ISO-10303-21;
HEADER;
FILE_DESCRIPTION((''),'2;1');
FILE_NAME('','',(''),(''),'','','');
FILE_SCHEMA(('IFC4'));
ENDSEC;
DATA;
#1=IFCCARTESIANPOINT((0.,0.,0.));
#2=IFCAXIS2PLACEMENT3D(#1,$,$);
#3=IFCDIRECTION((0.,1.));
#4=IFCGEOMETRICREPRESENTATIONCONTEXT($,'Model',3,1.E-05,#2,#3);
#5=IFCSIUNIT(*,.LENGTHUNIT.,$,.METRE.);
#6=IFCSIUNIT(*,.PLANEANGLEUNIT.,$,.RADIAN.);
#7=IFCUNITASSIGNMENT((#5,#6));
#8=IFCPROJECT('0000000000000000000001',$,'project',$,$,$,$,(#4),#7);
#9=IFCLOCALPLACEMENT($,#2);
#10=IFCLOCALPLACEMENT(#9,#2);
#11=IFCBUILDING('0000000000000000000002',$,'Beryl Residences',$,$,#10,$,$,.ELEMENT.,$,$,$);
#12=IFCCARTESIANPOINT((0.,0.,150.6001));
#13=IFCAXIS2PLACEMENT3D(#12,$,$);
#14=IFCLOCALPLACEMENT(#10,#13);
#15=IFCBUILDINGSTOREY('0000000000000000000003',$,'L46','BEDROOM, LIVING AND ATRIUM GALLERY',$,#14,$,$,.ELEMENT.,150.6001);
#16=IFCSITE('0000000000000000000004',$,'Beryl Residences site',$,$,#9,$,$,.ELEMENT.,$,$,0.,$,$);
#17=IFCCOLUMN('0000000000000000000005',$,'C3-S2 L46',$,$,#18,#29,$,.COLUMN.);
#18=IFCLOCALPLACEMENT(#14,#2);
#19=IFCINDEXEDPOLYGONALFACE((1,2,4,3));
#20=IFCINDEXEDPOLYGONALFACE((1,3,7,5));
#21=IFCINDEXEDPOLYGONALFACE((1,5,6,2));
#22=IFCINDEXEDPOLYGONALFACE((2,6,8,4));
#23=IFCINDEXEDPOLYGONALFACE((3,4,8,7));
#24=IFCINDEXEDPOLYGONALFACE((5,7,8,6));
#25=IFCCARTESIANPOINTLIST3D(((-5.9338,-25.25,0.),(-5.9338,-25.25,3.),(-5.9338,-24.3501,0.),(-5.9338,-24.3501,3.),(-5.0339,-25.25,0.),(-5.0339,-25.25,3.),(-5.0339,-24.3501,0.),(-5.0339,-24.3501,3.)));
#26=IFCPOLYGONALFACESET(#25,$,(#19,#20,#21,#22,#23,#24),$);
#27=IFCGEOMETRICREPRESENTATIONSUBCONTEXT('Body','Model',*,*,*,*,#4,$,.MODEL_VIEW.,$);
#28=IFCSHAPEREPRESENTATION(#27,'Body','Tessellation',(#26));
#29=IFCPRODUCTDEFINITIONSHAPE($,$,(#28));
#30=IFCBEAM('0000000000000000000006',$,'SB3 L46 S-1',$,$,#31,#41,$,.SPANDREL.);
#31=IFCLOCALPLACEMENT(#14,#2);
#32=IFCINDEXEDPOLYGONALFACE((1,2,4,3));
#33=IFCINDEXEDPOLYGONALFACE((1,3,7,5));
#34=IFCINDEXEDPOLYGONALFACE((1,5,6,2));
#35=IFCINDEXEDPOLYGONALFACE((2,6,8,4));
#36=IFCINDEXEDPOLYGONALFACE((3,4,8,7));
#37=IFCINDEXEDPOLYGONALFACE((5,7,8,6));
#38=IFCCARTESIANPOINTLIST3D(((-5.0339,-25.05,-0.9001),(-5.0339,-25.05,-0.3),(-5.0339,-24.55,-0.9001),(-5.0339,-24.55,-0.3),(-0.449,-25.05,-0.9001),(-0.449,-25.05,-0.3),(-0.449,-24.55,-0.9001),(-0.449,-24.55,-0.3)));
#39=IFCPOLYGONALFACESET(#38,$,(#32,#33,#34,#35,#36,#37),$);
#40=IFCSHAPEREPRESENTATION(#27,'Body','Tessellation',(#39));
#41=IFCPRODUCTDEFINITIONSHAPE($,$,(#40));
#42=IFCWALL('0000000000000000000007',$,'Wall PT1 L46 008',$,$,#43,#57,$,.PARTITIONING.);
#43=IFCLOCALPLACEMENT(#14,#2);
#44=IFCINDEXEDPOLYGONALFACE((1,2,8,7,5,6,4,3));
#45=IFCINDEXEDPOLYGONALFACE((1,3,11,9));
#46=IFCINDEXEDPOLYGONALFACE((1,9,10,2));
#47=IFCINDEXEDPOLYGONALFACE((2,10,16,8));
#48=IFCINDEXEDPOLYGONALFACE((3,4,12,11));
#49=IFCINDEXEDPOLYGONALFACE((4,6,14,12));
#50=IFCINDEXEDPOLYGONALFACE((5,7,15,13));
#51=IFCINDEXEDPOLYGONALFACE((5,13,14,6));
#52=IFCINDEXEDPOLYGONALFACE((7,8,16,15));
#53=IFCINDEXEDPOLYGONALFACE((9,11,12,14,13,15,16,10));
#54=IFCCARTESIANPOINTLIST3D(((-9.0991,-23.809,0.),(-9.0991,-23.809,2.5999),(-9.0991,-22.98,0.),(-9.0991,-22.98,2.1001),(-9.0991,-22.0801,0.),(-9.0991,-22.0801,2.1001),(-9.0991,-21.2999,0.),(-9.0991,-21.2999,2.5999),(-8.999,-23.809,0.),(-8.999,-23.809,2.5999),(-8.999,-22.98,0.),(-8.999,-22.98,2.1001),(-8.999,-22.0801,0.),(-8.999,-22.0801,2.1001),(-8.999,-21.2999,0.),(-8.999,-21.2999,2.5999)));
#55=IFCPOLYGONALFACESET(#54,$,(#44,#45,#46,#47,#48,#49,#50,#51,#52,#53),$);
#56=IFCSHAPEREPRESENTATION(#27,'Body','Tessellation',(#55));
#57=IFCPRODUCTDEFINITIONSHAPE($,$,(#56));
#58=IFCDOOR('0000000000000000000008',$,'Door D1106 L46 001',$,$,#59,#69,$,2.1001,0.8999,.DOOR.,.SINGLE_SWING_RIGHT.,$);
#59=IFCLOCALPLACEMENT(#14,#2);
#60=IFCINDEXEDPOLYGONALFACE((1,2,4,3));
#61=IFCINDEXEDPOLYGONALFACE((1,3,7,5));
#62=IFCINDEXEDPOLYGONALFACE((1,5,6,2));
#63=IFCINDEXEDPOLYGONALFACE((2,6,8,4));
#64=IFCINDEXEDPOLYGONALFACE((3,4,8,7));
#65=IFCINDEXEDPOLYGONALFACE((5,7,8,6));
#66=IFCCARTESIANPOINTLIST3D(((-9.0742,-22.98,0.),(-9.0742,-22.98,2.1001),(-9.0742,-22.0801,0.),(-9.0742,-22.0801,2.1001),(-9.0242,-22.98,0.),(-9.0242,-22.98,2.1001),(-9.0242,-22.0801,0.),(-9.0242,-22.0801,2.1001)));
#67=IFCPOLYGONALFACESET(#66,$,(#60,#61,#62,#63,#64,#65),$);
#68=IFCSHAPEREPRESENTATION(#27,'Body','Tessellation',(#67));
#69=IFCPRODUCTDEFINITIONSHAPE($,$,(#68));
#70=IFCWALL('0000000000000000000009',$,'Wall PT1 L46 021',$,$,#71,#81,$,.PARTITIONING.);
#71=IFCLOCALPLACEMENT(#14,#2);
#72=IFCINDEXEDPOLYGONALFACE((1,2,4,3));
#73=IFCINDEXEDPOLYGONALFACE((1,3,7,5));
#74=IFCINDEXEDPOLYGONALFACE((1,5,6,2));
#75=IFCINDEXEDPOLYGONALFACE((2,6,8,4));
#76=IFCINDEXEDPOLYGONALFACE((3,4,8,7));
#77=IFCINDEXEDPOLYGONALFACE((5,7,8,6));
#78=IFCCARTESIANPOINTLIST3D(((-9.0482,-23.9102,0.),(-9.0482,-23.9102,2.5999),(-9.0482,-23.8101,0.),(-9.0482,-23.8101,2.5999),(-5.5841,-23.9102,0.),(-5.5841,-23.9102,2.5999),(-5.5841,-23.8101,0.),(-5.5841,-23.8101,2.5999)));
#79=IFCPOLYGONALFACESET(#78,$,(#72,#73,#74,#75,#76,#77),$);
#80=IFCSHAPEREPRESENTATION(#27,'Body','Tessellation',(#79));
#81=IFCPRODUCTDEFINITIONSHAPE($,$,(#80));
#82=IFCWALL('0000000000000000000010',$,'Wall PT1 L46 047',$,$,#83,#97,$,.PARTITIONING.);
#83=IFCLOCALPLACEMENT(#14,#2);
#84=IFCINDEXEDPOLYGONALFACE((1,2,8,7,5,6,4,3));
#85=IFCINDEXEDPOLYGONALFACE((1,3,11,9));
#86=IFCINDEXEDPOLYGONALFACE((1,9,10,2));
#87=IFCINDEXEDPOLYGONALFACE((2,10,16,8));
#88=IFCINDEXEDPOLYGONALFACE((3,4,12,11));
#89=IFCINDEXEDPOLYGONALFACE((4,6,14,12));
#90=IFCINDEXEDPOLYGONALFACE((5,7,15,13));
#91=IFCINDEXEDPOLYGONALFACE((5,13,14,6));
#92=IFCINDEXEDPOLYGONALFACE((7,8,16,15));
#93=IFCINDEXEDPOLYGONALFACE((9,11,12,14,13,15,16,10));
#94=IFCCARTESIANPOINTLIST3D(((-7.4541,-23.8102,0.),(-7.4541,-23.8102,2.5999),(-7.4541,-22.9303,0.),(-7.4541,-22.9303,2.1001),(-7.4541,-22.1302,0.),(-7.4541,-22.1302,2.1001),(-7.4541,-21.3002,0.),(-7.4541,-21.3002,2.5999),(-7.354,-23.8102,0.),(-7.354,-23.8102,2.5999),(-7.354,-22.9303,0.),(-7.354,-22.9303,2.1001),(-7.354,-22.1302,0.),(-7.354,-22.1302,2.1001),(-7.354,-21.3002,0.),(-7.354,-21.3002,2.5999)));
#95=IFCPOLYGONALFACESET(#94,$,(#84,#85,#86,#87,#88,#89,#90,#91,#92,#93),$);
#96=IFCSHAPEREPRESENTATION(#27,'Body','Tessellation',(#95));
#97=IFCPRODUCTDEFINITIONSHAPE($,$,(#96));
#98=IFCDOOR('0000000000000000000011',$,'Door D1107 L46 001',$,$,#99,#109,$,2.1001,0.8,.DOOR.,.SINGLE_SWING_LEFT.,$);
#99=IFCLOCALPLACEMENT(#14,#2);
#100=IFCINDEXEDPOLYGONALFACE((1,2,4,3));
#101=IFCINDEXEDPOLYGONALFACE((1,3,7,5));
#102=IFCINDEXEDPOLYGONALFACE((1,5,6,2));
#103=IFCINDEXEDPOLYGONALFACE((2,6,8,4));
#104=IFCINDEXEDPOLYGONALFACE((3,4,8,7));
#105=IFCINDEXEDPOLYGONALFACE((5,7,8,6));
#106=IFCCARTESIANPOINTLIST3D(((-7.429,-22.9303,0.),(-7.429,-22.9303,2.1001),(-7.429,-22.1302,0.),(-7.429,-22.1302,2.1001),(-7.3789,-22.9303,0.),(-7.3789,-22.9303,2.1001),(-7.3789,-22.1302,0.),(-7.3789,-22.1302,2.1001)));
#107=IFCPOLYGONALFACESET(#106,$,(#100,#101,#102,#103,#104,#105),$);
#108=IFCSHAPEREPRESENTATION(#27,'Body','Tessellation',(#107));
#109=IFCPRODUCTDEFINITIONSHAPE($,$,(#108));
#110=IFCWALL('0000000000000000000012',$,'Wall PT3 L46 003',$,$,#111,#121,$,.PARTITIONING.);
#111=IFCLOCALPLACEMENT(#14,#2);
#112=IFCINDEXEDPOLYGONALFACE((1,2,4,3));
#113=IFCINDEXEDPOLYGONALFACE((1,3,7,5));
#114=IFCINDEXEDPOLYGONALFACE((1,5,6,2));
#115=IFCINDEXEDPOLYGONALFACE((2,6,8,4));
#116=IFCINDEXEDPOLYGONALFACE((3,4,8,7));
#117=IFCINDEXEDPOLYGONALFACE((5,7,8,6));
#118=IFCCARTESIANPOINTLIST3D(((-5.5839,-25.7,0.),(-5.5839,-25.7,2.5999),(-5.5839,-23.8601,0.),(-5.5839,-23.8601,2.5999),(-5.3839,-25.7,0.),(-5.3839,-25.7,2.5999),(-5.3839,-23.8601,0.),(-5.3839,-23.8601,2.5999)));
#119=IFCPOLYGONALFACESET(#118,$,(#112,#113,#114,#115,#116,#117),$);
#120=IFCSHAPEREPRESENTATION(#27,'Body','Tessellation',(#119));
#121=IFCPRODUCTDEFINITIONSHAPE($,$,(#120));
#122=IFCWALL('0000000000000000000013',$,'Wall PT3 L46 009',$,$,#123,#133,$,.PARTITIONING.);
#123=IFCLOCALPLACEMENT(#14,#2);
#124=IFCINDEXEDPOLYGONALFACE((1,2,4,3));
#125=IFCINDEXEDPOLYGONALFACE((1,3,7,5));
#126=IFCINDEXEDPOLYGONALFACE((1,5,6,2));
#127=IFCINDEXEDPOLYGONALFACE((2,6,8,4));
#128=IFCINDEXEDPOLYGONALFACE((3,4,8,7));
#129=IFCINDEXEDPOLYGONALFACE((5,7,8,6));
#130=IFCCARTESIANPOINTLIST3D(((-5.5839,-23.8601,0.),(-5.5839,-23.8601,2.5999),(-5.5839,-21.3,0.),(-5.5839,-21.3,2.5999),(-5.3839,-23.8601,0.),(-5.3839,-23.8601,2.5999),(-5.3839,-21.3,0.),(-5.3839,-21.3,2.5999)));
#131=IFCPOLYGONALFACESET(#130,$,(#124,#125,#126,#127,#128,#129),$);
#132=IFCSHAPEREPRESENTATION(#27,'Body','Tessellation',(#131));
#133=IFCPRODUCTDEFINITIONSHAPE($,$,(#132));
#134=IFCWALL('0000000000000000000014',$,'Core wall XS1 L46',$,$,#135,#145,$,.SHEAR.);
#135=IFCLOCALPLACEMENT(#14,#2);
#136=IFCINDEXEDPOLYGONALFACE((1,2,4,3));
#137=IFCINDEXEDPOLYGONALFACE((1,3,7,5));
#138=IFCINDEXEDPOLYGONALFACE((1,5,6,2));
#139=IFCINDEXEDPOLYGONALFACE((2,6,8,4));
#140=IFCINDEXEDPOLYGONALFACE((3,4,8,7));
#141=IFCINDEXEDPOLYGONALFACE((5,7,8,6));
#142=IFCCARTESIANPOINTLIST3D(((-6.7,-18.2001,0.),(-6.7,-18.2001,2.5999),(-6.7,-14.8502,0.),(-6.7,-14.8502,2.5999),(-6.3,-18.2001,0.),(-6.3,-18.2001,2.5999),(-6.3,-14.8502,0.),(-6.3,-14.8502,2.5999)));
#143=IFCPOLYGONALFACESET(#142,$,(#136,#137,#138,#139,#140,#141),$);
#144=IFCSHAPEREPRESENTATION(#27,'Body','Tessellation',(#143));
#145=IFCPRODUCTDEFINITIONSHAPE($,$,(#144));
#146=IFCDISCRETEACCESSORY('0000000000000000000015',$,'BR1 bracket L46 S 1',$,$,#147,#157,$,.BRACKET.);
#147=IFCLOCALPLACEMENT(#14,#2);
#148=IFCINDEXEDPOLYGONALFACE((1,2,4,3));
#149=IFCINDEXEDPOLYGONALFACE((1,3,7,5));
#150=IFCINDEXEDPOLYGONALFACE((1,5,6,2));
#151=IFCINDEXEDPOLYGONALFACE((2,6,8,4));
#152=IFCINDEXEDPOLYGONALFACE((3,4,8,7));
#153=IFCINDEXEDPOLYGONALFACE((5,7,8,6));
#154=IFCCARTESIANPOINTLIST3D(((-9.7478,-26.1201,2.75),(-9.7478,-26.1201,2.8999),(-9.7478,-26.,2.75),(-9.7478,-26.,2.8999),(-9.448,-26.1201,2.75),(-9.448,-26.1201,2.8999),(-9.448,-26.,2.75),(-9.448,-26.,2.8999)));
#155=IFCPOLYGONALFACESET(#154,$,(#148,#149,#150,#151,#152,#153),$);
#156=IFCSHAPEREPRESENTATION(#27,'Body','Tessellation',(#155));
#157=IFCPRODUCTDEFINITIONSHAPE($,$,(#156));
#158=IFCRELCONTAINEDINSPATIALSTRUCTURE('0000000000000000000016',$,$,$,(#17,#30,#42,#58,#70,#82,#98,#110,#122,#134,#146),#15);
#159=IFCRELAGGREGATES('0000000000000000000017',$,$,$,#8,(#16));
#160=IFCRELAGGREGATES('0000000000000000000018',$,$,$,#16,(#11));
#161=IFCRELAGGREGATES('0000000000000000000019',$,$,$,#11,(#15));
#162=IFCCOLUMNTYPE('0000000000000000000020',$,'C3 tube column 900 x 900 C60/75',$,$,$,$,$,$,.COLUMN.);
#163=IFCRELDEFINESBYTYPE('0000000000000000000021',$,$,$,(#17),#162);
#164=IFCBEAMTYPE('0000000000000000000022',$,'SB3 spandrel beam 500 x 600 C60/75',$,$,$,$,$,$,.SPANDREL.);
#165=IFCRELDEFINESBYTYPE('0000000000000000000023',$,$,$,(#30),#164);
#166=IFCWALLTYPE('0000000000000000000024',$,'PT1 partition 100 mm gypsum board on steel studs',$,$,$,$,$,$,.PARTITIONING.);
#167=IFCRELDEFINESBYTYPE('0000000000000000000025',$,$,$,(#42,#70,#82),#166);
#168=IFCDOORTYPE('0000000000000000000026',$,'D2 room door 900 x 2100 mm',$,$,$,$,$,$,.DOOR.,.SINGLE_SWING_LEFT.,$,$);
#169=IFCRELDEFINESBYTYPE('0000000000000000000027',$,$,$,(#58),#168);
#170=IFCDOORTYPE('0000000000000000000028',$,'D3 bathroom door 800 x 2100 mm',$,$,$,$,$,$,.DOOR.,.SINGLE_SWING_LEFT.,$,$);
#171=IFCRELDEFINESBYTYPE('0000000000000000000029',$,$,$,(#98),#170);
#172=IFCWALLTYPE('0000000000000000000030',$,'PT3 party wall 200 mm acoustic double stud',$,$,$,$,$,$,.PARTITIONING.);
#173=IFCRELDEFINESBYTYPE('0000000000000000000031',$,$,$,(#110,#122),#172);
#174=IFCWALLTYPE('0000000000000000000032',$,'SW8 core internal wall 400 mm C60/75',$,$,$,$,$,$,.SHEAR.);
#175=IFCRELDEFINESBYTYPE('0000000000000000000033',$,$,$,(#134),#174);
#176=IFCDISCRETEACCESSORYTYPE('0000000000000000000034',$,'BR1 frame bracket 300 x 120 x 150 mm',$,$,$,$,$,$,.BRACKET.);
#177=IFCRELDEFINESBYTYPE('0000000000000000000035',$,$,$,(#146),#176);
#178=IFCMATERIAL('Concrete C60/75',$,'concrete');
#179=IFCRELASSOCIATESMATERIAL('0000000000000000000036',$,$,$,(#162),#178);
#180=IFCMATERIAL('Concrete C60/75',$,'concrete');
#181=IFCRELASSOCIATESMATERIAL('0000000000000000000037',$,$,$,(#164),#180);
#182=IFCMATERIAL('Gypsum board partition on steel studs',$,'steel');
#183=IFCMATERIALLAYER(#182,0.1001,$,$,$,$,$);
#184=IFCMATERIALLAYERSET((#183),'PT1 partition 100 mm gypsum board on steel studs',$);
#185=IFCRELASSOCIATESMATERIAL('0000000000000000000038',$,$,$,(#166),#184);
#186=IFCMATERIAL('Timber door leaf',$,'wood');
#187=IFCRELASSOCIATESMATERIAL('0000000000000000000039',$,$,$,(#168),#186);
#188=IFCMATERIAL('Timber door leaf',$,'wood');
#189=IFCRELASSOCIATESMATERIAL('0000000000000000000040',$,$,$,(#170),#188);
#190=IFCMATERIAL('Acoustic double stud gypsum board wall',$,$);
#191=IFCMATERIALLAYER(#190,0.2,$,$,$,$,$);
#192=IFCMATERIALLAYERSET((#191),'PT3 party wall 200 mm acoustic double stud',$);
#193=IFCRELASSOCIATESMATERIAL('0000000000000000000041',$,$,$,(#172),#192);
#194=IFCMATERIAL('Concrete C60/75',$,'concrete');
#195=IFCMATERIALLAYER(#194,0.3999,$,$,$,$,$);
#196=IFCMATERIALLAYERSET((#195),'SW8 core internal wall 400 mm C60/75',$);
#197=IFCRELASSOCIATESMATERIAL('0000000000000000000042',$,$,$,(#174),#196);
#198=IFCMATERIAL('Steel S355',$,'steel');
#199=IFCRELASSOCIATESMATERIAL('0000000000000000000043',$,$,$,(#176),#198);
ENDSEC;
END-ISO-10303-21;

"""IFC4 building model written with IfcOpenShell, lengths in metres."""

from ifc_helpers import new_model, si_unit, direction, frame, frame_2d, origin, origin_2d, place, context, subcontext, project, spatial, polyline, rectangle, outline, extrude, source, transform, mapped, material, layer, layer_set, material_profile, profile_set, type_object, type_shapes, element, fill, save


model = new_model("IFC4")

# Units and contexts
model_context = context("Model", 3, precision=1e-05, world=origin(), true_north=direction((0.0, 1.0)))
body_context = subcontext(model_context, "Body", "Model", "MODEL_VIEW")
ifc_project = project(units=[si_unit("LENGTHUNIT", "METRE"), si_unit("PLANEANGLEUNIT", "RADIAN")], contexts=[model_context])

# Site, building, storey
site_placement = place(None, origin())
site = spatial("IfcSite", under=ifc_project, at=site_placement, Name="Beryl Residences site", CompositionType="ELEMENT", RefElevation=0.0)
building_placement = place(site_placement, origin())
building = spatial("IfcBuilding", under=site, at=building_placement, Name="Beryl Residences", CompositionType="ELEMENT")
storey_placement = place(building_placement, frame((0.0, 0.0, 150.6001)))
storey = spatial("IfcBuildingStorey", under=building, at=storey_placement, Name="L46", Description="BEDROOM, LIVING AND ATRIUM GALLERY", CompositionType="ELEMENT", Elevation=150.6001)

# Column
ifc_material_1 = material(Name="Concrete C60/75", Category="concrete")
ifc_material_profile_1 = material_profile(ifc_material_1, rectangle(XDim=0.8999, YDim=0.8999, at=origin_2d()))
ifc_profile_set_1 = profile_set([ifc_material_profile_1], Name="Concrete C60/75")
column_type = type_object("IfcColumnType", Name="C3 tube column 900 x 900 C60/75", PredefinedType="COLUMN", material=ifc_profile_set_1)
column_placement = place(storey_placement, frame((-5.4839, -24.8, 0.0), z_axis=(0.0, 0.0, 1.0), x_axis=(1.0, 0.0, 0.0)))
element("IfcColumn", 1, at=column_placement, inside=storey, type_object=column_type, Name="C3-S2 L46", PredefinedType="COLUMN", context=body_context, shape_type="SweptSolid", body=[
    extrude(rectangle(XDim=0.8999, YDim=0.8999, at=origin_2d()), origin(), (0.0, 0.0, 1.0), 3.0),
])

# Beam
ifc_material_2 = material(Name="Concrete C60/75", Category="concrete")
ifc_material_profile_2 = material_profile(ifc_material_2, rectangle(XDim=0.5, YDim=0.6001, at=origin_2d()))
ifc_profile_set_2 = profile_set([ifc_material_profile_2], Name="Concrete C60/75")
beam_type = type_object("IfcBeamType", Name="SB3 spandrel beam 500 x 600 C60/75", PredefinedType="SPANDREL", material=ifc_profile_set_2)
beam_placement = place(storey_placement, frame((-5.0339, -24.8, -0.6001), z_axis=(1.0, 0.0, 0.0), x_axis=(0.0, 1.0, 0.0)))
element("IfcBeam", 2, at=beam_placement, inside=storey, type_object=beam_type, Name="SB3 L46 S-1", PredefinedType="SPANDREL", context=body_context, shape_type="SweptSolid", body=[
    extrude(rectangle(XDim=0.5, YDim=0.6001, at=origin_2d()), origin(), (0.0, 0.0, 1.0), 4.585),
])

# Wall, opening, door
ifc_material_3 = material(Name="Gypsum board partition on steel studs", Category="steel")
ifc_layer_1 = layer(ifc_material_3, 0.1001)
ifc_layer_set_1 = layer_set([ifc_layer_1], Name="PT1 partition 100 mm gypsum board on steel studs")
wall_type_1 = type_object("IfcWallType", Name="PT1 partition 100 mm gypsum board on steel studs", PredefinedType="PARTITIONING", material=ifc_layer_set_1)
wall_1_placement = place(storey_placement, frame((-9.0491, -21.3, 0.0), z_axis=(0.0, 0.0, 1.0), x_axis=(0.0, -1.0, 0.0)))
wall_1 = element("IfcWall", 3, at=wall_1_placement, inside=storey, type_object=wall_type_1, Name="Wall PT1 L46 008", PredefinedType="PARTITIONING", context=body_context, shape_type="SweptSolid", body=[
    extrude(rectangle(XDim=2.509, YDim=0.1001, at=frame_2d((1.2544, 0.0))), origin(), (0.0, 0.0, 1.0), 2.5999),
])
opening_1_placement = place(wall_1_placement, frame((0.78, 0.0, 0.0)))
opening_1 = element("IfcOpeningElement", 4, at=opening_1_placement, cuts=wall_1, PredefinedType="OPENING", context=body_context, shape_type="SweptSolid", body=[
    extrude(rectangle(XDim=0.8999, YDim=2.1001, at=frame_2d((0.45, 1.05))), frame((0.0, 0.0601, 0.0), z_axis=(0.0, -1.0, 0.0), x_axis=(1.0, 0.0, 0.0)), (0.0, 0.0, 1.0), 0.1201),
])
ifc_material_4 = material(Name="Timber door leaf", Category="wood")
door_type_1 = type_object("IfcDoorType", Name="D2 room door 900 x 2100 mm", OperationType="SINGLE_SWING_LEFT", PredefinedType="DOOR", material=ifc_material_4)
door_1_placement = place(opening_1_placement, origin())
door_1 = element("IfcDoor", 5, at=door_1_placement, inside=storey, type_object=door_type_1, Name="Door D1106 L46 001", OperationType="SINGLE_SWING_RIGHT", OverallHeight=2.1001, OverallWidth=0.8999, PredefinedType="DOOR", context=body_context, shape_type="SweptSolid", body=[
    extrude(rectangle(XDim=0.8999, YDim=2.1001, at=frame_2d((0.45, 1.05))), frame((0.0, 0.0249, 0.0), z_axis=(0.0, -1.0, 0.0), x_axis=(1.0, 0.0, 0.0)), (0.0, 0.0, 1.0), 0.05),
])
fill(opening_1, door_1)

# Wall
wall_2_placement = place(storey_placement, frame((-9.0481, -23.8601, 0.0), z_axis=(0.0, 0.0, 1.0), x_axis=(1.0, 0.0, 0.0)))
element("IfcWall", 6, at=wall_2_placement, inside=storey, type_object=wall_type_1, Name="Wall PT1 L46 021", PredefinedType="PARTITIONING", context=body_context, shape_type="SweptSolid", body=[
    extrude(rectangle(XDim=3.4641, YDim=0.1001, at=frame_2d((1.7319, 0.0))), origin(), (0.0, 0.0, 1.0), 2.5999),
])

# Wall, opening, door
wall_3_placement = place(storey_placement, frame((-7.4041, -23.8101, 0.0), z_axis=(0.0, 0.0, 1.0), x_axis=(0.0, 1.0, 0.0)))
wall_3 = element("IfcWall", 7, at=wall_3_placement, inside=storey, type_object=wall_type_1, Name="Wall PT1 L46 047", PredefinedType="PARTITIONING", context=body_context, shape_type="SweptSolid", body=[
    extrude(rectangle(XDim=2.51, YDim=0.1001, at=frame_2d((1.2549, 0.0))), origin(), (0.0, 0.0, 1.0), 2.5999),
])
opening_2_placement = place(wall_3_placement, frame((0.8799, 0.0, 0.0)))
opening_2 = element("IfcOpeningElement", 8, at=opening_2_placement, cuts=wall_3, PredefinedType="OPENING", context=body_context, shape_type="SweptSolid", body=[
    extrude(rectangle(XDim=0.8, YDim=2.1001, at=frame_2d((0.3999, 1.05))), frame((0.0, 0.0601, 0.0), z_axis=(0.0, -1.0, 0.0), x_axis=(1.0, 0.0, 0.0)), (0.0, 0.0, 1.0), 0.1201),
])
ifc_material_5 = material(Name="Timber door leaf", Category="wood")
door_type_2 = type_object("IfcDoorType", Name="D3 bathroom door 800 x 2100 mm", OperationType="SINGLE_SWING_LEFT", PredefinedType="DOOR", material=ifc_material_5)
door_2_placement = place(opening_2_placement, origin())
door_2 = element("IfcDoor", 9, at=door_2_placement, inside=storey, type_object=door_type_2, Name="Door D1107 L46 001", OperationType="SINGLE_SWING_LEFT", OverallHeight=2.1001, OverallWidth=0.8, PredefinedType="DOOR", context=body_context, shape_type="SweptSolid", body=[
    extrude(rectangle(XDim=0.8, YDim=2.1001, at=frame_2d((0.3999, 1.05))), frame((0.0, 0.0249, 0.0), z_axis=(0.0, -1.0, 0.0), x_axis=(1.0, 0.0, 0.0)), (0.0, 0.0, 1.0), 0.05),
])
fill(opening_2, door_2)

# Walls
ifc_material_6 = material(Name="Acoustic double stud gypsum board wall")
ifc_layer_2 = layer(ifc_material_6, 0.2)
ifc_layer_set_2 = layer_set([ifc_layer_2], Name="PT3 party wall 200 mm acoustic double stud")
wall_type_2 = type_object("IfcWallType", Name="PT3 party wall 200 mm acoustic double stud", PredefinedType="PARTITIONING", material=ifc_layer_set_2)
wall_4_placement = place(storey_placement, frame((-5.4839, -23.8601, 0.0), z_axis=(0.0, 0.0, 1.0), x_axis=(0.0, -1.0, 0.0)))
element("IfcWall", 10, at=wall_4_placement, inside=storey, type_object=wall_type_2, Name="Wall PT3 L46 003", PredefinedType="PARTITIONING", context=body_context, shape_type="SweptSolid", body=[
    extrude(rectangle(XDim=1.8398, YDim=0.2, at=frame_2d((0.9199, 0.0))), origin(), (0.0, 0.0, 1.0), 2.5999),
])
wall_5_placement = place(storey_placement, frame((-5.4839, -23.8601, 0.0), z_axis=(0.0, 0.0, 1.0), x_axis=(0.0, 1.0, 0.0)))
element("IfcWall", 11, at=wall_5_placement, inside=storey, type_object=wall_type_2, Name="Wall PT3 L46 009", PredefinedType="PARTITIONING", context=body_context, shape_type="SweptSolid", body=[
    extrude(rectangle(XDim=2.5601, YDim=0.2, at=frame_2d((1.28, 0.0))), origin(), (0.0, 0.0, 1.0), 2.5999),
])
ifc_material_7 = material(Name="Concrete C60/75", Category="concrete")
ifc_layer_3 = layer(ifc_material_7, 0.3999)
ifc_layer_set_3 = layer_set([ifc_layer_3], Name="SW8 core internal wall 400 mm C60/75")
wall_type_3 = type_object("IfcWallType", Name="SW8 core internal wall 400 mm C60/75", PredefinedType="SHEAR", material=ifc_layer_set_3)
wall_6_placement = place(storey_placement, frame((-6.5, -18.2, 0.0), z_axis=(0.0, 0.0, 1.0), x_axis=(0.0, 1.0, 0.0)))
element("IfcWall", 12, at=wall_6_placement, inside=storey, type_object=wall_type_3, Name="Core wall XS1 L46", PredefinedType="SHEAR", context=body_context, shape_type="SweptSolid", body=[
    extrude(rectangle(XDim=3.3499, YDim=0.3999, at=frame_2d((1.6748, 0.0))), origin(), (0.0, 0.0, 1.0), 2.5999),
])

# Discrete accessory
ifc_material_8 = material(Name="Steel S355", Category="steel")
discrete_accessory_type = type_object("IfcDiscreteAccessoryType", Name="BR1 frame bracket 300 x 120 x 150 mm", PredefinedType="BRACKET", material=ifc_material_8)
shared_shape_1 = source(origin(), body_context, "Body", "SweptSolid", [
    extrude(outline(polyline([(-0.1499, 0.0), (0.1499, 0.0), (0.1499, 0.1201), (-0.1499, 0.1201), (-0.1499, 0.0)])), origin(), (0.0, 0.0, 1.0), 0.1499),
])
type_shapes(discrete_accessory_type, [shared_shape_1])
discrete_accessory_placement = place(storey_placement, frame((-9.5979, -26.0, 2.75), z_axis=(0.0, 0.0, 1.0), x_axis=(-1.0, 0.0, 0.0)))
element("IfcDiscreteAccessory", 13, at=discrete_accessory_placement, inside=storey, type_object=discrete_accessory_type, Name="BR1 bracket L46 S 1", PredefinedType="BRACKET", context=body_context, shape_type="MappedRepresentation", body=[
    mapped(shared_shape_1, transform((0.0, 0.0, 0.0))),
])

save(model, "model.ifc")
